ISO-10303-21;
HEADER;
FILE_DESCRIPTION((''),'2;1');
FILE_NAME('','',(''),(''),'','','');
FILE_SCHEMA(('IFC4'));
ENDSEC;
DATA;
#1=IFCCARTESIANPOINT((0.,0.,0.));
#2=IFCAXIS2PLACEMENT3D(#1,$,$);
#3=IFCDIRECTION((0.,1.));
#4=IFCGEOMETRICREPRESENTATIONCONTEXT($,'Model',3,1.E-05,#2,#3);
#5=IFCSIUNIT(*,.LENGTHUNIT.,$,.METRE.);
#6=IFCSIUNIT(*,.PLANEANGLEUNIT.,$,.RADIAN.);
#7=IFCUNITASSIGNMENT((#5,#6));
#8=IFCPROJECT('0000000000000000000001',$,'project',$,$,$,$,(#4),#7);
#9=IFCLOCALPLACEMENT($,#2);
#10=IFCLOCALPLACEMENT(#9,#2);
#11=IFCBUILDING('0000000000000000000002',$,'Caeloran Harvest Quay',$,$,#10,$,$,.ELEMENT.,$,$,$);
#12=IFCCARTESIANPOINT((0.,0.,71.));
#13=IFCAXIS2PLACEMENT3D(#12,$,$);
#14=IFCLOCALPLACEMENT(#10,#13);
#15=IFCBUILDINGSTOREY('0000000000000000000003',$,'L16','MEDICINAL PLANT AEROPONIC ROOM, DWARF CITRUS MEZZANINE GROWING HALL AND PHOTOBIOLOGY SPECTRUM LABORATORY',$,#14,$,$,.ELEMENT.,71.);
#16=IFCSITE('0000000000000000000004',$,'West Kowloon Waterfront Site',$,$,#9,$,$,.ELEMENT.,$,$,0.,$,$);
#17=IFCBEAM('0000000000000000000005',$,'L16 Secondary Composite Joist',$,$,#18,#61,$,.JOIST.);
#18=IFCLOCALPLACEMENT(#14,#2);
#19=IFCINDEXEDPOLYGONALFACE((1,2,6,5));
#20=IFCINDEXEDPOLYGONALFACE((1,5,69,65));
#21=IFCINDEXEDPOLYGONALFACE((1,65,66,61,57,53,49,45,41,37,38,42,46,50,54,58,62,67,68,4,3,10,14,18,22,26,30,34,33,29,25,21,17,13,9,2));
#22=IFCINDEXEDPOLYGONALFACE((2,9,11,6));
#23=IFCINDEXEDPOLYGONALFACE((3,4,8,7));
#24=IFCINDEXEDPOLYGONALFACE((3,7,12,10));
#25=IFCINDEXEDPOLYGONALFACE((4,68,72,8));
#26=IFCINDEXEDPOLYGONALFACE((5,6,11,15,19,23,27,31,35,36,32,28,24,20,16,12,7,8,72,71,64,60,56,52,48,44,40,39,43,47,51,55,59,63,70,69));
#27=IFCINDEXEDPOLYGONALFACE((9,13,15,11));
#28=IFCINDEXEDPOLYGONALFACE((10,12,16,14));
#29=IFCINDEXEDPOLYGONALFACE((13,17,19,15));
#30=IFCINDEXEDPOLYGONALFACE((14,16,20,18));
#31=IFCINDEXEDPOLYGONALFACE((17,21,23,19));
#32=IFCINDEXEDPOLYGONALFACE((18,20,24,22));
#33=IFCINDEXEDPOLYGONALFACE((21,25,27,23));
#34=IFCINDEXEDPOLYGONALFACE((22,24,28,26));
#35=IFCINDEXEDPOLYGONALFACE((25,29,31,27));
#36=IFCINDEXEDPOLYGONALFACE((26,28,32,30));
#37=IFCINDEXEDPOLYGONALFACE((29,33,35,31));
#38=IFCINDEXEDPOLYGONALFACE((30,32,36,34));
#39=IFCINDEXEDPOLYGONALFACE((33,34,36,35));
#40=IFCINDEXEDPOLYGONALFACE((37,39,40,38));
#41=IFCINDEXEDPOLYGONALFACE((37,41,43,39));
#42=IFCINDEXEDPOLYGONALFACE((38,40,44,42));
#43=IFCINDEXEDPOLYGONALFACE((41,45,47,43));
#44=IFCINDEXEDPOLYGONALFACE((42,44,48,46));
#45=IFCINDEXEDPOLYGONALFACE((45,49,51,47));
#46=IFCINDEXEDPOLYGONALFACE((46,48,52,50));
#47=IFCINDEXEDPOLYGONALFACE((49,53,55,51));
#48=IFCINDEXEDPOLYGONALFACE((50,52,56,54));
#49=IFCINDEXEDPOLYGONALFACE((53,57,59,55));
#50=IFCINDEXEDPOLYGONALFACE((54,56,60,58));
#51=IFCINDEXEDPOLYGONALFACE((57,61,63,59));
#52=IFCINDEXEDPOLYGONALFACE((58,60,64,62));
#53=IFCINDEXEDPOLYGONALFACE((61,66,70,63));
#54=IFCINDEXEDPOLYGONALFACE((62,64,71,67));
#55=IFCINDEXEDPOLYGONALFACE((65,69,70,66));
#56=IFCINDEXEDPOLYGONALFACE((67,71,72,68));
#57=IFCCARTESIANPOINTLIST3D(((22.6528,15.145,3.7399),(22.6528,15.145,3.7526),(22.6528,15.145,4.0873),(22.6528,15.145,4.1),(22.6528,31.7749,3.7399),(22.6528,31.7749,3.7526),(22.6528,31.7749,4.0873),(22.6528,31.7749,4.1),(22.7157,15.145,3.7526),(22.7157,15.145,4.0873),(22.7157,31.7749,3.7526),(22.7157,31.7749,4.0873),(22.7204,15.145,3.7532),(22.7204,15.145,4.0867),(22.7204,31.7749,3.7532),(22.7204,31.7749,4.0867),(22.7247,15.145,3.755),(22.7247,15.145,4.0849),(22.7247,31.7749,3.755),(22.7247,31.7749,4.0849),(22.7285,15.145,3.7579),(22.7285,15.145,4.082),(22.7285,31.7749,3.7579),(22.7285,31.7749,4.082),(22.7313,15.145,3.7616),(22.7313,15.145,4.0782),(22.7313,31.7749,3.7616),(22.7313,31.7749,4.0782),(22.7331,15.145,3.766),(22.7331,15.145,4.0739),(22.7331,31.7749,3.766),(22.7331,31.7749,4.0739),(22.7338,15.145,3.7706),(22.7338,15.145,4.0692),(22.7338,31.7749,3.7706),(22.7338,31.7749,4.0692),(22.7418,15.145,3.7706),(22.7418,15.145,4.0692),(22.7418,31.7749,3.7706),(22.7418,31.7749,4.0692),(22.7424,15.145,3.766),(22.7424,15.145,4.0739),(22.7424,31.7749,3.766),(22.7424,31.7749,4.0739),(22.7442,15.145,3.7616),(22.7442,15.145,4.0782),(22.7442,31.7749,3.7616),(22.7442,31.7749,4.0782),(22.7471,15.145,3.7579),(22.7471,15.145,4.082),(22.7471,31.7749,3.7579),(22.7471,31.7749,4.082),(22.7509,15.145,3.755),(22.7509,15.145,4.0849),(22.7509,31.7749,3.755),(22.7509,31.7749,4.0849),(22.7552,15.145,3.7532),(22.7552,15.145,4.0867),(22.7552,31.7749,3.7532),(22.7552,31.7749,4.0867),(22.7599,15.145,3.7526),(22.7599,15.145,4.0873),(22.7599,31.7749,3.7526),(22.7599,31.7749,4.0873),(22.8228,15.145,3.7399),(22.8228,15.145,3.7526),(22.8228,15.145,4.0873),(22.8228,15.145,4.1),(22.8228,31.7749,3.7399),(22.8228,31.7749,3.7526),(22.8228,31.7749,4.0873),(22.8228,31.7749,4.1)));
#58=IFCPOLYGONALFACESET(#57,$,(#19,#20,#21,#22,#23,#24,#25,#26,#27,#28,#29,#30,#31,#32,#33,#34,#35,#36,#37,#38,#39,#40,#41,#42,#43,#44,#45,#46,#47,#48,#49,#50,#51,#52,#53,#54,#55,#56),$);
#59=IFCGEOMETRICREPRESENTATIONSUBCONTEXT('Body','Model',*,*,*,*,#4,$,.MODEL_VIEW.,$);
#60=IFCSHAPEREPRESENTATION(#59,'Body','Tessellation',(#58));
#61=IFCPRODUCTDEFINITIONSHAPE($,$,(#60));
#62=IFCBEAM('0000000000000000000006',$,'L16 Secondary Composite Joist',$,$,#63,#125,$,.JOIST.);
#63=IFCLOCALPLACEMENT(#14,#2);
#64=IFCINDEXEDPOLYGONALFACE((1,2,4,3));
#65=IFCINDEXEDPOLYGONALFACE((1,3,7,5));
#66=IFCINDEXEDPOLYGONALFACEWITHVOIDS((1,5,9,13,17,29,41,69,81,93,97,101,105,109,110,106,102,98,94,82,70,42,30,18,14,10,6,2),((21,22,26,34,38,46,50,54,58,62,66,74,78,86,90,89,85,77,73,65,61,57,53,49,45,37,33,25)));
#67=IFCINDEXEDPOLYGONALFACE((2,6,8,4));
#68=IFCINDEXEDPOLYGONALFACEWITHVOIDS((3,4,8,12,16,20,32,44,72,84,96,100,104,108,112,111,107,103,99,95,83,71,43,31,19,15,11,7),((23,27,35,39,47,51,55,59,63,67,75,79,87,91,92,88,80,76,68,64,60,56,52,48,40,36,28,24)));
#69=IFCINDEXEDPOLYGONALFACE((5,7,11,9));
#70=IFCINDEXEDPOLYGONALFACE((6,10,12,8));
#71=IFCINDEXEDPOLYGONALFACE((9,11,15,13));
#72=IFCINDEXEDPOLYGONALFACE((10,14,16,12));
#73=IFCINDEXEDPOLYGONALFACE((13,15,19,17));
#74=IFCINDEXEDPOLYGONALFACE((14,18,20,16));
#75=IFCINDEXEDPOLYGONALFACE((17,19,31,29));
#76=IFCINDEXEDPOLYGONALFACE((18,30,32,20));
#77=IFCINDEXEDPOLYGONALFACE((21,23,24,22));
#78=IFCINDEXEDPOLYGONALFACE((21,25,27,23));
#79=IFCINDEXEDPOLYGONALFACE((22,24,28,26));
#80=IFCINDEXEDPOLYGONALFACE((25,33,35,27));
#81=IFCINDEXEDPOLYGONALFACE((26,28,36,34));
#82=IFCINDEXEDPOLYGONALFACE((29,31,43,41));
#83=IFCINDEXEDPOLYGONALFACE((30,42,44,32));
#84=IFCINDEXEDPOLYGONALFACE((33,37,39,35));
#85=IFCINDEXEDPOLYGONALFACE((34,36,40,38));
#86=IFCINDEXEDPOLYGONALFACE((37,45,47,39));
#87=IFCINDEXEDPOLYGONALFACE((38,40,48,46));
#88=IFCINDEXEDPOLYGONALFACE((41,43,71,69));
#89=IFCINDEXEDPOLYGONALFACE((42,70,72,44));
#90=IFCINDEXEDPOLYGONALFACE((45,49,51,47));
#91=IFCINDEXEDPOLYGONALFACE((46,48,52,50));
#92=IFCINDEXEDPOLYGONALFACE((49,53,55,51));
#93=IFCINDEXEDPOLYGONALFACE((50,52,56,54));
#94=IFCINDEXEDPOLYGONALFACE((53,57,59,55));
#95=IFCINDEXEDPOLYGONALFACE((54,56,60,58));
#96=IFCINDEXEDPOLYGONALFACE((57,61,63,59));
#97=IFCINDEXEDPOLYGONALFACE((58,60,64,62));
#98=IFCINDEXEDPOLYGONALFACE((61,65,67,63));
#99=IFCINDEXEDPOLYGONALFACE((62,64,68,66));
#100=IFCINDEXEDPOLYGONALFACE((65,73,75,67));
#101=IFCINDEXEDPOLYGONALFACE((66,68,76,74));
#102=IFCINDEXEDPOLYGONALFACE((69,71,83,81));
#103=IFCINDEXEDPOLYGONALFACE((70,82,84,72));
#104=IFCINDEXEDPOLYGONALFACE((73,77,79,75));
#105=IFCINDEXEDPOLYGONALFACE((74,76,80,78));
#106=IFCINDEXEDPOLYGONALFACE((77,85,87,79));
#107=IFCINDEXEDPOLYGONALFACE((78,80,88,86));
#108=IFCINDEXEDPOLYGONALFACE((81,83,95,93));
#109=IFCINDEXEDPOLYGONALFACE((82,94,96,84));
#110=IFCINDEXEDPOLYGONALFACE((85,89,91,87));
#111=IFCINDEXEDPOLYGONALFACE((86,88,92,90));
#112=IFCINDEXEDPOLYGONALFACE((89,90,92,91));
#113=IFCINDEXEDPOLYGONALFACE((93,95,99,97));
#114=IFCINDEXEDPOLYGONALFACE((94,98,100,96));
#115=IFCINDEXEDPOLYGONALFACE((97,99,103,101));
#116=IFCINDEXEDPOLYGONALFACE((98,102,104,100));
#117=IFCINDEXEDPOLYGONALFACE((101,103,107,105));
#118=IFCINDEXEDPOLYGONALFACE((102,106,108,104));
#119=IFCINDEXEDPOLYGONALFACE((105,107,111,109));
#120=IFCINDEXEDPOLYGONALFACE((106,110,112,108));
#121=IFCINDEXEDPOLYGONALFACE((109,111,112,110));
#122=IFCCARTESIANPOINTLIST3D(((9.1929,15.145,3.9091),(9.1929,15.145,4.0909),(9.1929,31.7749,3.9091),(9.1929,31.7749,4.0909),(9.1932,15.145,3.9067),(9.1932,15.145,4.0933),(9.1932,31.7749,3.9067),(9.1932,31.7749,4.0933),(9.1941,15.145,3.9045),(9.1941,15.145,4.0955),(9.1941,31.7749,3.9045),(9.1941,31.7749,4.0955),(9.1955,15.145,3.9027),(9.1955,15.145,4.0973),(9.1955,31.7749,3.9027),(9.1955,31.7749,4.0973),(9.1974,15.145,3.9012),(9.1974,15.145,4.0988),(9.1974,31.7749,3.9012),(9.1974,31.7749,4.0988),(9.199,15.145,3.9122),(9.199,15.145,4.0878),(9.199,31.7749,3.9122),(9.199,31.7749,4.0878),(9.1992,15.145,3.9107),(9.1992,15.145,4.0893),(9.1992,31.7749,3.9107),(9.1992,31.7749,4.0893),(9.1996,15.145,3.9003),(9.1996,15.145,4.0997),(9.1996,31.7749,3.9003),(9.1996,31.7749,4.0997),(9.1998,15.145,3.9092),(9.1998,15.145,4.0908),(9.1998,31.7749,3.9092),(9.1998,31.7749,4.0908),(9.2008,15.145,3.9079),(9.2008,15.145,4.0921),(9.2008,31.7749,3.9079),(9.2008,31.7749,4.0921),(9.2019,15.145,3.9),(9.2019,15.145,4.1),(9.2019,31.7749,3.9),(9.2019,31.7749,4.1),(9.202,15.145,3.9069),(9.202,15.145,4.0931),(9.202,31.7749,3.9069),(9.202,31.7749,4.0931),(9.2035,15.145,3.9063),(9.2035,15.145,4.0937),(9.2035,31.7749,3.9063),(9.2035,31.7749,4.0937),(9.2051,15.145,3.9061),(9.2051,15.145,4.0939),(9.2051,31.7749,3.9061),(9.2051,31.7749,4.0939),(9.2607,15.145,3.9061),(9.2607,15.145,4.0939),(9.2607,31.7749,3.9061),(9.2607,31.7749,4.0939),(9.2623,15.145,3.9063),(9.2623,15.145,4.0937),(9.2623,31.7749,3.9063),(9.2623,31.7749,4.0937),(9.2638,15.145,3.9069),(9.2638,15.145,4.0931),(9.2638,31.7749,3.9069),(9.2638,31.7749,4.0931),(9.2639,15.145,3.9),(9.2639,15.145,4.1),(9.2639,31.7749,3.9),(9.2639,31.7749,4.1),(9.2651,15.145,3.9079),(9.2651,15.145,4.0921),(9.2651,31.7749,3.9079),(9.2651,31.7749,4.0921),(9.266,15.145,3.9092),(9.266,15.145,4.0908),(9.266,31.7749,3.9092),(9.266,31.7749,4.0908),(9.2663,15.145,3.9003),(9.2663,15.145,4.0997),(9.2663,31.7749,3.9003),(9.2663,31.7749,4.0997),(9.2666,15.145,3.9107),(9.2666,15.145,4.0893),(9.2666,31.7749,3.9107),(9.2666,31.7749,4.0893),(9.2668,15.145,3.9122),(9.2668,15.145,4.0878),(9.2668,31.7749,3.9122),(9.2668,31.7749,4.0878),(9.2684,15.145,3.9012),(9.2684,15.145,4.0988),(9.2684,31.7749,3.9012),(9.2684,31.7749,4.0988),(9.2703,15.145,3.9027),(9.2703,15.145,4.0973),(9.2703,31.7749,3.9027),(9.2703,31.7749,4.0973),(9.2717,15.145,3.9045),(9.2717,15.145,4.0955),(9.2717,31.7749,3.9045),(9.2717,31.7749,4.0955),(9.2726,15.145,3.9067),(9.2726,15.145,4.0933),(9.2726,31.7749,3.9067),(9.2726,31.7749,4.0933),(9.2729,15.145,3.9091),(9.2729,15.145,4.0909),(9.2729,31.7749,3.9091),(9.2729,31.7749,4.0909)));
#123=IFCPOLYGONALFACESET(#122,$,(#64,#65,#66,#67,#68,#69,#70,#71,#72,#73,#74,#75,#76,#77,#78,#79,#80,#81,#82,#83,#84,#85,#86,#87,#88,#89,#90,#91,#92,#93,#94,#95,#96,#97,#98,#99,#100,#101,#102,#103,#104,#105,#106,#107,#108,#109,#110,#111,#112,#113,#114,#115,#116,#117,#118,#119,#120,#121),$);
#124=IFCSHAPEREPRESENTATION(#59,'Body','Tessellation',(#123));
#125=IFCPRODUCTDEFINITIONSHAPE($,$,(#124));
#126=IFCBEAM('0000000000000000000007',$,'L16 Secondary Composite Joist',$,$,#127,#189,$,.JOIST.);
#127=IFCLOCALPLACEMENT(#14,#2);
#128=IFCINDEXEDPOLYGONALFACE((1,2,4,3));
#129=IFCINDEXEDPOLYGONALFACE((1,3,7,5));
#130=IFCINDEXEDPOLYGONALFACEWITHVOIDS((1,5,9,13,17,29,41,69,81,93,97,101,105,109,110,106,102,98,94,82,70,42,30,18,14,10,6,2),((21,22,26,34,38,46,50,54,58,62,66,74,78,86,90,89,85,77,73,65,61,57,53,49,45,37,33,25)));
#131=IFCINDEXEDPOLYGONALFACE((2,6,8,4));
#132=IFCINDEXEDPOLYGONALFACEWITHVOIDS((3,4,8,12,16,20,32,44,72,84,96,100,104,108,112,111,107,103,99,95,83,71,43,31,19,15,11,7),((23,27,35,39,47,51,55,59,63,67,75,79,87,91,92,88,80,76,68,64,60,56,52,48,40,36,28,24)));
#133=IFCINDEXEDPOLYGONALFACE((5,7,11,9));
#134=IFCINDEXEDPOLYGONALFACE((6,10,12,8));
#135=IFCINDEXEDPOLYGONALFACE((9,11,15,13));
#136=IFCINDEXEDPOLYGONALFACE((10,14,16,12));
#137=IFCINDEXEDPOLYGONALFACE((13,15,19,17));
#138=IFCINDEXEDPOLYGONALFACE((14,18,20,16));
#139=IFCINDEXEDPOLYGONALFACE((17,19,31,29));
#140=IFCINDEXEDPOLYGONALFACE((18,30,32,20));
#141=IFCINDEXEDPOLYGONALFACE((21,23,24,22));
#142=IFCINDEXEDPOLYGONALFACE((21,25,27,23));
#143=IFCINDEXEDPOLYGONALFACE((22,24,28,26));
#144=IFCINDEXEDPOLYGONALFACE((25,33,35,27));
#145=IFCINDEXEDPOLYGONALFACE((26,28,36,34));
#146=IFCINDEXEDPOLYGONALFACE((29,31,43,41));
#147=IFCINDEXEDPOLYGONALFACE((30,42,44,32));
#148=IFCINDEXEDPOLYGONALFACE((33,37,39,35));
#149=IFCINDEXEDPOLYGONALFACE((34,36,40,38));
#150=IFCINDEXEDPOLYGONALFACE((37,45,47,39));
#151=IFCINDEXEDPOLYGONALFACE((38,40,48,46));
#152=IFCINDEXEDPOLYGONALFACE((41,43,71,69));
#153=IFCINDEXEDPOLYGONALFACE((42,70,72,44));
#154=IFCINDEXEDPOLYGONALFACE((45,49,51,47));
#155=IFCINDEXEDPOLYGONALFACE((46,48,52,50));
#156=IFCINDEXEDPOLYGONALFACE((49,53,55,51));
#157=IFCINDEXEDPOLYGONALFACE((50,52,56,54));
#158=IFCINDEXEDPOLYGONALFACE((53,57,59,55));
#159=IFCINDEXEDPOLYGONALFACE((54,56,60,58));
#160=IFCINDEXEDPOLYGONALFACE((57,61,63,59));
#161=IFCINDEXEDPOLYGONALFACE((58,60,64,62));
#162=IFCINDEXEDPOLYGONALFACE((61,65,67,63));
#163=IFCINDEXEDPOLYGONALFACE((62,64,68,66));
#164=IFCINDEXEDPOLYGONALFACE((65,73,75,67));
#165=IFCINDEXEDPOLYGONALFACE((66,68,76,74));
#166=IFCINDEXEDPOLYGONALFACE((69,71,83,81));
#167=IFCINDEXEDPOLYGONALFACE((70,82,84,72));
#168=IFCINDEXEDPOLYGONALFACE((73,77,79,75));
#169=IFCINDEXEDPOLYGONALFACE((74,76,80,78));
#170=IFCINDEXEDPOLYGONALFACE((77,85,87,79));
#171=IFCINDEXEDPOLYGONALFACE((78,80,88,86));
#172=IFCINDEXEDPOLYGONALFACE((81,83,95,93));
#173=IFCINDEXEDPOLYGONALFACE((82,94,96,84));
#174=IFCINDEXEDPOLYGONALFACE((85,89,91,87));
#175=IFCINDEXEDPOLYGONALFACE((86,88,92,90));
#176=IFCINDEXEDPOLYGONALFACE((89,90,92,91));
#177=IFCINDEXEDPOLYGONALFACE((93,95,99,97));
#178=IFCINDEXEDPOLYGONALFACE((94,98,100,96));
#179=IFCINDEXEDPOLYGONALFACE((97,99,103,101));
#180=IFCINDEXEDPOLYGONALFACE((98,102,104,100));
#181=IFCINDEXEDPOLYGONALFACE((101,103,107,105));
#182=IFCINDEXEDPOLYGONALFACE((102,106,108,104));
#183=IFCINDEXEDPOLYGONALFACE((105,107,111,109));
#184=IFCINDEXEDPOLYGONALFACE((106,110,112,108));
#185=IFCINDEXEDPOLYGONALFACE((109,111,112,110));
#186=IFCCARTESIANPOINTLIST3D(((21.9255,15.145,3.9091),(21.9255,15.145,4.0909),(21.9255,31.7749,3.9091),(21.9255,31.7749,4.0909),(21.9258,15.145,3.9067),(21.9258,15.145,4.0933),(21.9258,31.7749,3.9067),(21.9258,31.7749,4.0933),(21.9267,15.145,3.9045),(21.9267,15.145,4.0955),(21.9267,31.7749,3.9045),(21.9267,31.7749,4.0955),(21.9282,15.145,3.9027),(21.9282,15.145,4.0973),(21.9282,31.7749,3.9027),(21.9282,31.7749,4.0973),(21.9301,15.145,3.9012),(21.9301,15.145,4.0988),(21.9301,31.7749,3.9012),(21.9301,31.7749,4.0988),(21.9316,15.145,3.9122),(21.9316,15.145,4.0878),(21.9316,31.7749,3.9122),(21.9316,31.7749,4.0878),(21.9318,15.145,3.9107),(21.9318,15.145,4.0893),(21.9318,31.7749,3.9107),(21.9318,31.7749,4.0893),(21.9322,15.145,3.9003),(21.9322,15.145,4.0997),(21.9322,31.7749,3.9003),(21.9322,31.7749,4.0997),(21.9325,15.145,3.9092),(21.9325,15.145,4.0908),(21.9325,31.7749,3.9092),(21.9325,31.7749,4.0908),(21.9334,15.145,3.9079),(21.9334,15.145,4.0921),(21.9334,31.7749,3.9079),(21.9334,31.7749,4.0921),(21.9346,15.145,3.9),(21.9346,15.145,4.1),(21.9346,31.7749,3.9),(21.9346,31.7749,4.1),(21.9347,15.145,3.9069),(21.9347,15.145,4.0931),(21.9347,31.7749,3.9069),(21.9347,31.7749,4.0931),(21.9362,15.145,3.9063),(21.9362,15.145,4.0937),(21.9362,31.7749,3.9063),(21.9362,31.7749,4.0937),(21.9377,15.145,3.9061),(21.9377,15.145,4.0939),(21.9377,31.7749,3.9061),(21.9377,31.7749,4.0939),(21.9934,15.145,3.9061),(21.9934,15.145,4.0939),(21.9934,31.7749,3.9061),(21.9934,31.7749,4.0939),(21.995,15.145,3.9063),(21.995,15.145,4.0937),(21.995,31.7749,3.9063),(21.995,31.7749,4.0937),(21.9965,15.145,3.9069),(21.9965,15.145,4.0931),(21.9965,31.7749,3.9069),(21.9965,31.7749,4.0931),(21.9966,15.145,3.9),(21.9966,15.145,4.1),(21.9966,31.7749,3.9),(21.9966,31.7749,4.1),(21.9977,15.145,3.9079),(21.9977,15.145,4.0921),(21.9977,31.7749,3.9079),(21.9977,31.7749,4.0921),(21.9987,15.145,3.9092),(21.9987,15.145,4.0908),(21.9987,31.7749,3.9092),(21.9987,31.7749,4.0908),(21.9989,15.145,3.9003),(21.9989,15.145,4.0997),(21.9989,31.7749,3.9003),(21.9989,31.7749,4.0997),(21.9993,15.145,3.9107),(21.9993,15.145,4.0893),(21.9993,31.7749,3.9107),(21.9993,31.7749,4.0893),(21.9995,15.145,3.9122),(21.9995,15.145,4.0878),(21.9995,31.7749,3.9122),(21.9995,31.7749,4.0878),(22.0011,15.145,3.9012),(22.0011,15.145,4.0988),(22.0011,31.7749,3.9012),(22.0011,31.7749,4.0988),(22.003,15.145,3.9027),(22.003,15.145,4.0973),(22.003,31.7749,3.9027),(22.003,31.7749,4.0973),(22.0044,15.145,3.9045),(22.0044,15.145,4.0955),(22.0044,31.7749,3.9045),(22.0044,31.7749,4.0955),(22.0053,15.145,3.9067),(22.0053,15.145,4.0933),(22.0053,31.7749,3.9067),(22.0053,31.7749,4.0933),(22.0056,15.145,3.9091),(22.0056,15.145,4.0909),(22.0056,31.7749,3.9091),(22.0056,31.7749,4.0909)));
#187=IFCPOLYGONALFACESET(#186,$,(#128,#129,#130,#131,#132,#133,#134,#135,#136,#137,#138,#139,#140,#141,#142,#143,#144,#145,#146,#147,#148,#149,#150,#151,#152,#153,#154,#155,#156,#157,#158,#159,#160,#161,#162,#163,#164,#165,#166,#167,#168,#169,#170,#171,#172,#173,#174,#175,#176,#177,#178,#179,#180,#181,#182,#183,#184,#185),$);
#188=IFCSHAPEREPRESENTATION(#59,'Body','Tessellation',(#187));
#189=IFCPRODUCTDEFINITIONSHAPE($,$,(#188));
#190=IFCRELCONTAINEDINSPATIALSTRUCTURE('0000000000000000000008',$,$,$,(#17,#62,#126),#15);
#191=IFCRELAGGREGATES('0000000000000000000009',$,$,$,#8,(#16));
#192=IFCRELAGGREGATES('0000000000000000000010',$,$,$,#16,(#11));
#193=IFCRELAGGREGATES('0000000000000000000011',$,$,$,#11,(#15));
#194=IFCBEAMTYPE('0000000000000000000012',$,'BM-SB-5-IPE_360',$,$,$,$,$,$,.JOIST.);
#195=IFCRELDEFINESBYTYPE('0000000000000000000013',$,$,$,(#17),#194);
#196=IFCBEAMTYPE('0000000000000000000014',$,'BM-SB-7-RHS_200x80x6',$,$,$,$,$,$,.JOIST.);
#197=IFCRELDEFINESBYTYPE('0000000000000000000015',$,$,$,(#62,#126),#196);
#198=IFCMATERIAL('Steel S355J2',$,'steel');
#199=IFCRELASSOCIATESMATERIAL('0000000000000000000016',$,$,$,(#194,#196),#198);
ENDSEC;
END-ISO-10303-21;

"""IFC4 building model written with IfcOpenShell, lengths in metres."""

from ifc_helpers import new_model, si_unit, direction, frame, origin, origin_2d, place, context, subcontext, project, spatial, hollow_rectangle, i_section, extrude, material, material_profile, profile_set, type_object, element, save


model = new_model("IFC4")

# Units and contexts
model_context = context("Model", 3, precision=1e-05, world=origin(), true_north=direction((0.0, 1.0)))
body_context = subcontext(model_context, "Body", "Model", "MODEL_VIEW")
ifc_project = project(units=[si_unit("LENGTHUNIT", "METRE"), si_unit("PLANEANGLEUNIT", "RADIAN")], contexts=[model_context])

# Site, building, storey
site_placement = place(None, origin())
site = spatial("IfcSite", under=ifc_project, at=site_placement, Name="West Kowloon Waterfront Site", CompositionType="ELEMENT", RefElevation=0.0)
building_placement = place(site_placement, origin())
building = spatial("IfcBuilding", under=site, at=building_placement, Name="Caeloran Harvest Quay", CompositionType="ELEMENT")
storey_placement = place(building_placement, frame((0.0, 0.0, 71.0)))
storey = spatial("IfcBuildingStorey", under=building, at=storey_placement, Name="L16", Description="MEDICINAL PLANT AEROPONIC ROOM, DWARF CITRUS MEZZANINE GROWING HALL AND PHOTOBIOLOGY SPECTRUM LABORATORY", CompositionType="ELEMENT", Elevation=71.0)

# Beams
ifc_material_1 = material(Name="Steel S355J2", Category="steel")
ifc_material_profile_1 = material_profile(ifc_material_1, i_section(OverallWidth=0.1699, OverallDepth=0.3601, WebThickness=0.0081, FlangeThickness=0.0127, FilletRadius=0.0181, at=origin_2d()), Name="IPE 360")
ifc_profile_set_1 = profile_set([ifc_material_profile_1], Name="Steel S355J2")
beam_type_1 = type_object("IfcBeamType", Name="BM-SB-5-IPE_360", PredefinedType="JOIST", material=ifc_profile_set_1)
for number, where, z_axis, x_axis, name in (
    (1, (22.7378, 15.145, 3.9199), (0.0, 1.0, 0.0), (-1.0, 0.0, 0.0), "L16 Secondary Composite Joist"),
):
    element("IfcBeam", number, at=place(storey_placement, frame(where, z_axis=z_axis, x_axis=x_axis)), inside=storey, type_object=beam_type_1, Name=name, PredefinedType="JOIST", context=body_context, shape_type="SweptSolid", body=[
        extrude(i_section(OverallWidth=0.1699, OverallDepth=0.3601, WebThickness=0.0081, FlangeThickness=0.0127, FilletRadius=0.0181, at=origin_2d()), origin(), (0.0, 0.0, 1.0), 16.6299),
    ])
ifc_material_profile_2 = material_profile(ifc_material_1, hollow_rectangle(XDim=0.0801, YDim=0.2, WallThickness=0.0061, InnerFilletRadius=0.0061, OuterFilletRadius=0.009, at=origin_2d()), Name="RHS 200x80x6")
ifc_profile_set_2 = profile_set([ifc_material_profile_2], Name="Steel S355J2")
beam_type_2 = type_object("IfcBeamType", Name="BM-SB-7-RHS_200x80x6", PredefinedType="JOIST", material=ifc_profile_set_2)
for number, where, z_axis, x_axis, name in (
    (2, (9.2329, 15.145, 4.0), (0.0, 1.0, 0.0), (-1.0, 0.0, 0.0), "L16 Secondary Composite Joist"),
    (3, (21.9656, 15.145, 4.0), (0.0, 1.0, 0.0), (-1.0, 0.0, 0.0), "L16 Secondary Composite Joist"),
):
    element("IfcBeam", number, at=place(storey_placement, frame(where, z_axis=z_axis, x_axis=x_axis)), inside=storey, type_object=beam_type_2, Name=name, PredefinedType="JOIST", context=body_context, shape_type="SweptSolid", body=[
        extrude(hollow_rectangle(XDim=0.0801, YDim=0.2, WallThickness=0.0061, InnerFilletRadius=0.0061, OuterFilletRadius=0.009, at=origin_2d()), origin(), (0.0, 0.0, 1.0), 16.6299),
    ])

save(model, "model.ifc")
